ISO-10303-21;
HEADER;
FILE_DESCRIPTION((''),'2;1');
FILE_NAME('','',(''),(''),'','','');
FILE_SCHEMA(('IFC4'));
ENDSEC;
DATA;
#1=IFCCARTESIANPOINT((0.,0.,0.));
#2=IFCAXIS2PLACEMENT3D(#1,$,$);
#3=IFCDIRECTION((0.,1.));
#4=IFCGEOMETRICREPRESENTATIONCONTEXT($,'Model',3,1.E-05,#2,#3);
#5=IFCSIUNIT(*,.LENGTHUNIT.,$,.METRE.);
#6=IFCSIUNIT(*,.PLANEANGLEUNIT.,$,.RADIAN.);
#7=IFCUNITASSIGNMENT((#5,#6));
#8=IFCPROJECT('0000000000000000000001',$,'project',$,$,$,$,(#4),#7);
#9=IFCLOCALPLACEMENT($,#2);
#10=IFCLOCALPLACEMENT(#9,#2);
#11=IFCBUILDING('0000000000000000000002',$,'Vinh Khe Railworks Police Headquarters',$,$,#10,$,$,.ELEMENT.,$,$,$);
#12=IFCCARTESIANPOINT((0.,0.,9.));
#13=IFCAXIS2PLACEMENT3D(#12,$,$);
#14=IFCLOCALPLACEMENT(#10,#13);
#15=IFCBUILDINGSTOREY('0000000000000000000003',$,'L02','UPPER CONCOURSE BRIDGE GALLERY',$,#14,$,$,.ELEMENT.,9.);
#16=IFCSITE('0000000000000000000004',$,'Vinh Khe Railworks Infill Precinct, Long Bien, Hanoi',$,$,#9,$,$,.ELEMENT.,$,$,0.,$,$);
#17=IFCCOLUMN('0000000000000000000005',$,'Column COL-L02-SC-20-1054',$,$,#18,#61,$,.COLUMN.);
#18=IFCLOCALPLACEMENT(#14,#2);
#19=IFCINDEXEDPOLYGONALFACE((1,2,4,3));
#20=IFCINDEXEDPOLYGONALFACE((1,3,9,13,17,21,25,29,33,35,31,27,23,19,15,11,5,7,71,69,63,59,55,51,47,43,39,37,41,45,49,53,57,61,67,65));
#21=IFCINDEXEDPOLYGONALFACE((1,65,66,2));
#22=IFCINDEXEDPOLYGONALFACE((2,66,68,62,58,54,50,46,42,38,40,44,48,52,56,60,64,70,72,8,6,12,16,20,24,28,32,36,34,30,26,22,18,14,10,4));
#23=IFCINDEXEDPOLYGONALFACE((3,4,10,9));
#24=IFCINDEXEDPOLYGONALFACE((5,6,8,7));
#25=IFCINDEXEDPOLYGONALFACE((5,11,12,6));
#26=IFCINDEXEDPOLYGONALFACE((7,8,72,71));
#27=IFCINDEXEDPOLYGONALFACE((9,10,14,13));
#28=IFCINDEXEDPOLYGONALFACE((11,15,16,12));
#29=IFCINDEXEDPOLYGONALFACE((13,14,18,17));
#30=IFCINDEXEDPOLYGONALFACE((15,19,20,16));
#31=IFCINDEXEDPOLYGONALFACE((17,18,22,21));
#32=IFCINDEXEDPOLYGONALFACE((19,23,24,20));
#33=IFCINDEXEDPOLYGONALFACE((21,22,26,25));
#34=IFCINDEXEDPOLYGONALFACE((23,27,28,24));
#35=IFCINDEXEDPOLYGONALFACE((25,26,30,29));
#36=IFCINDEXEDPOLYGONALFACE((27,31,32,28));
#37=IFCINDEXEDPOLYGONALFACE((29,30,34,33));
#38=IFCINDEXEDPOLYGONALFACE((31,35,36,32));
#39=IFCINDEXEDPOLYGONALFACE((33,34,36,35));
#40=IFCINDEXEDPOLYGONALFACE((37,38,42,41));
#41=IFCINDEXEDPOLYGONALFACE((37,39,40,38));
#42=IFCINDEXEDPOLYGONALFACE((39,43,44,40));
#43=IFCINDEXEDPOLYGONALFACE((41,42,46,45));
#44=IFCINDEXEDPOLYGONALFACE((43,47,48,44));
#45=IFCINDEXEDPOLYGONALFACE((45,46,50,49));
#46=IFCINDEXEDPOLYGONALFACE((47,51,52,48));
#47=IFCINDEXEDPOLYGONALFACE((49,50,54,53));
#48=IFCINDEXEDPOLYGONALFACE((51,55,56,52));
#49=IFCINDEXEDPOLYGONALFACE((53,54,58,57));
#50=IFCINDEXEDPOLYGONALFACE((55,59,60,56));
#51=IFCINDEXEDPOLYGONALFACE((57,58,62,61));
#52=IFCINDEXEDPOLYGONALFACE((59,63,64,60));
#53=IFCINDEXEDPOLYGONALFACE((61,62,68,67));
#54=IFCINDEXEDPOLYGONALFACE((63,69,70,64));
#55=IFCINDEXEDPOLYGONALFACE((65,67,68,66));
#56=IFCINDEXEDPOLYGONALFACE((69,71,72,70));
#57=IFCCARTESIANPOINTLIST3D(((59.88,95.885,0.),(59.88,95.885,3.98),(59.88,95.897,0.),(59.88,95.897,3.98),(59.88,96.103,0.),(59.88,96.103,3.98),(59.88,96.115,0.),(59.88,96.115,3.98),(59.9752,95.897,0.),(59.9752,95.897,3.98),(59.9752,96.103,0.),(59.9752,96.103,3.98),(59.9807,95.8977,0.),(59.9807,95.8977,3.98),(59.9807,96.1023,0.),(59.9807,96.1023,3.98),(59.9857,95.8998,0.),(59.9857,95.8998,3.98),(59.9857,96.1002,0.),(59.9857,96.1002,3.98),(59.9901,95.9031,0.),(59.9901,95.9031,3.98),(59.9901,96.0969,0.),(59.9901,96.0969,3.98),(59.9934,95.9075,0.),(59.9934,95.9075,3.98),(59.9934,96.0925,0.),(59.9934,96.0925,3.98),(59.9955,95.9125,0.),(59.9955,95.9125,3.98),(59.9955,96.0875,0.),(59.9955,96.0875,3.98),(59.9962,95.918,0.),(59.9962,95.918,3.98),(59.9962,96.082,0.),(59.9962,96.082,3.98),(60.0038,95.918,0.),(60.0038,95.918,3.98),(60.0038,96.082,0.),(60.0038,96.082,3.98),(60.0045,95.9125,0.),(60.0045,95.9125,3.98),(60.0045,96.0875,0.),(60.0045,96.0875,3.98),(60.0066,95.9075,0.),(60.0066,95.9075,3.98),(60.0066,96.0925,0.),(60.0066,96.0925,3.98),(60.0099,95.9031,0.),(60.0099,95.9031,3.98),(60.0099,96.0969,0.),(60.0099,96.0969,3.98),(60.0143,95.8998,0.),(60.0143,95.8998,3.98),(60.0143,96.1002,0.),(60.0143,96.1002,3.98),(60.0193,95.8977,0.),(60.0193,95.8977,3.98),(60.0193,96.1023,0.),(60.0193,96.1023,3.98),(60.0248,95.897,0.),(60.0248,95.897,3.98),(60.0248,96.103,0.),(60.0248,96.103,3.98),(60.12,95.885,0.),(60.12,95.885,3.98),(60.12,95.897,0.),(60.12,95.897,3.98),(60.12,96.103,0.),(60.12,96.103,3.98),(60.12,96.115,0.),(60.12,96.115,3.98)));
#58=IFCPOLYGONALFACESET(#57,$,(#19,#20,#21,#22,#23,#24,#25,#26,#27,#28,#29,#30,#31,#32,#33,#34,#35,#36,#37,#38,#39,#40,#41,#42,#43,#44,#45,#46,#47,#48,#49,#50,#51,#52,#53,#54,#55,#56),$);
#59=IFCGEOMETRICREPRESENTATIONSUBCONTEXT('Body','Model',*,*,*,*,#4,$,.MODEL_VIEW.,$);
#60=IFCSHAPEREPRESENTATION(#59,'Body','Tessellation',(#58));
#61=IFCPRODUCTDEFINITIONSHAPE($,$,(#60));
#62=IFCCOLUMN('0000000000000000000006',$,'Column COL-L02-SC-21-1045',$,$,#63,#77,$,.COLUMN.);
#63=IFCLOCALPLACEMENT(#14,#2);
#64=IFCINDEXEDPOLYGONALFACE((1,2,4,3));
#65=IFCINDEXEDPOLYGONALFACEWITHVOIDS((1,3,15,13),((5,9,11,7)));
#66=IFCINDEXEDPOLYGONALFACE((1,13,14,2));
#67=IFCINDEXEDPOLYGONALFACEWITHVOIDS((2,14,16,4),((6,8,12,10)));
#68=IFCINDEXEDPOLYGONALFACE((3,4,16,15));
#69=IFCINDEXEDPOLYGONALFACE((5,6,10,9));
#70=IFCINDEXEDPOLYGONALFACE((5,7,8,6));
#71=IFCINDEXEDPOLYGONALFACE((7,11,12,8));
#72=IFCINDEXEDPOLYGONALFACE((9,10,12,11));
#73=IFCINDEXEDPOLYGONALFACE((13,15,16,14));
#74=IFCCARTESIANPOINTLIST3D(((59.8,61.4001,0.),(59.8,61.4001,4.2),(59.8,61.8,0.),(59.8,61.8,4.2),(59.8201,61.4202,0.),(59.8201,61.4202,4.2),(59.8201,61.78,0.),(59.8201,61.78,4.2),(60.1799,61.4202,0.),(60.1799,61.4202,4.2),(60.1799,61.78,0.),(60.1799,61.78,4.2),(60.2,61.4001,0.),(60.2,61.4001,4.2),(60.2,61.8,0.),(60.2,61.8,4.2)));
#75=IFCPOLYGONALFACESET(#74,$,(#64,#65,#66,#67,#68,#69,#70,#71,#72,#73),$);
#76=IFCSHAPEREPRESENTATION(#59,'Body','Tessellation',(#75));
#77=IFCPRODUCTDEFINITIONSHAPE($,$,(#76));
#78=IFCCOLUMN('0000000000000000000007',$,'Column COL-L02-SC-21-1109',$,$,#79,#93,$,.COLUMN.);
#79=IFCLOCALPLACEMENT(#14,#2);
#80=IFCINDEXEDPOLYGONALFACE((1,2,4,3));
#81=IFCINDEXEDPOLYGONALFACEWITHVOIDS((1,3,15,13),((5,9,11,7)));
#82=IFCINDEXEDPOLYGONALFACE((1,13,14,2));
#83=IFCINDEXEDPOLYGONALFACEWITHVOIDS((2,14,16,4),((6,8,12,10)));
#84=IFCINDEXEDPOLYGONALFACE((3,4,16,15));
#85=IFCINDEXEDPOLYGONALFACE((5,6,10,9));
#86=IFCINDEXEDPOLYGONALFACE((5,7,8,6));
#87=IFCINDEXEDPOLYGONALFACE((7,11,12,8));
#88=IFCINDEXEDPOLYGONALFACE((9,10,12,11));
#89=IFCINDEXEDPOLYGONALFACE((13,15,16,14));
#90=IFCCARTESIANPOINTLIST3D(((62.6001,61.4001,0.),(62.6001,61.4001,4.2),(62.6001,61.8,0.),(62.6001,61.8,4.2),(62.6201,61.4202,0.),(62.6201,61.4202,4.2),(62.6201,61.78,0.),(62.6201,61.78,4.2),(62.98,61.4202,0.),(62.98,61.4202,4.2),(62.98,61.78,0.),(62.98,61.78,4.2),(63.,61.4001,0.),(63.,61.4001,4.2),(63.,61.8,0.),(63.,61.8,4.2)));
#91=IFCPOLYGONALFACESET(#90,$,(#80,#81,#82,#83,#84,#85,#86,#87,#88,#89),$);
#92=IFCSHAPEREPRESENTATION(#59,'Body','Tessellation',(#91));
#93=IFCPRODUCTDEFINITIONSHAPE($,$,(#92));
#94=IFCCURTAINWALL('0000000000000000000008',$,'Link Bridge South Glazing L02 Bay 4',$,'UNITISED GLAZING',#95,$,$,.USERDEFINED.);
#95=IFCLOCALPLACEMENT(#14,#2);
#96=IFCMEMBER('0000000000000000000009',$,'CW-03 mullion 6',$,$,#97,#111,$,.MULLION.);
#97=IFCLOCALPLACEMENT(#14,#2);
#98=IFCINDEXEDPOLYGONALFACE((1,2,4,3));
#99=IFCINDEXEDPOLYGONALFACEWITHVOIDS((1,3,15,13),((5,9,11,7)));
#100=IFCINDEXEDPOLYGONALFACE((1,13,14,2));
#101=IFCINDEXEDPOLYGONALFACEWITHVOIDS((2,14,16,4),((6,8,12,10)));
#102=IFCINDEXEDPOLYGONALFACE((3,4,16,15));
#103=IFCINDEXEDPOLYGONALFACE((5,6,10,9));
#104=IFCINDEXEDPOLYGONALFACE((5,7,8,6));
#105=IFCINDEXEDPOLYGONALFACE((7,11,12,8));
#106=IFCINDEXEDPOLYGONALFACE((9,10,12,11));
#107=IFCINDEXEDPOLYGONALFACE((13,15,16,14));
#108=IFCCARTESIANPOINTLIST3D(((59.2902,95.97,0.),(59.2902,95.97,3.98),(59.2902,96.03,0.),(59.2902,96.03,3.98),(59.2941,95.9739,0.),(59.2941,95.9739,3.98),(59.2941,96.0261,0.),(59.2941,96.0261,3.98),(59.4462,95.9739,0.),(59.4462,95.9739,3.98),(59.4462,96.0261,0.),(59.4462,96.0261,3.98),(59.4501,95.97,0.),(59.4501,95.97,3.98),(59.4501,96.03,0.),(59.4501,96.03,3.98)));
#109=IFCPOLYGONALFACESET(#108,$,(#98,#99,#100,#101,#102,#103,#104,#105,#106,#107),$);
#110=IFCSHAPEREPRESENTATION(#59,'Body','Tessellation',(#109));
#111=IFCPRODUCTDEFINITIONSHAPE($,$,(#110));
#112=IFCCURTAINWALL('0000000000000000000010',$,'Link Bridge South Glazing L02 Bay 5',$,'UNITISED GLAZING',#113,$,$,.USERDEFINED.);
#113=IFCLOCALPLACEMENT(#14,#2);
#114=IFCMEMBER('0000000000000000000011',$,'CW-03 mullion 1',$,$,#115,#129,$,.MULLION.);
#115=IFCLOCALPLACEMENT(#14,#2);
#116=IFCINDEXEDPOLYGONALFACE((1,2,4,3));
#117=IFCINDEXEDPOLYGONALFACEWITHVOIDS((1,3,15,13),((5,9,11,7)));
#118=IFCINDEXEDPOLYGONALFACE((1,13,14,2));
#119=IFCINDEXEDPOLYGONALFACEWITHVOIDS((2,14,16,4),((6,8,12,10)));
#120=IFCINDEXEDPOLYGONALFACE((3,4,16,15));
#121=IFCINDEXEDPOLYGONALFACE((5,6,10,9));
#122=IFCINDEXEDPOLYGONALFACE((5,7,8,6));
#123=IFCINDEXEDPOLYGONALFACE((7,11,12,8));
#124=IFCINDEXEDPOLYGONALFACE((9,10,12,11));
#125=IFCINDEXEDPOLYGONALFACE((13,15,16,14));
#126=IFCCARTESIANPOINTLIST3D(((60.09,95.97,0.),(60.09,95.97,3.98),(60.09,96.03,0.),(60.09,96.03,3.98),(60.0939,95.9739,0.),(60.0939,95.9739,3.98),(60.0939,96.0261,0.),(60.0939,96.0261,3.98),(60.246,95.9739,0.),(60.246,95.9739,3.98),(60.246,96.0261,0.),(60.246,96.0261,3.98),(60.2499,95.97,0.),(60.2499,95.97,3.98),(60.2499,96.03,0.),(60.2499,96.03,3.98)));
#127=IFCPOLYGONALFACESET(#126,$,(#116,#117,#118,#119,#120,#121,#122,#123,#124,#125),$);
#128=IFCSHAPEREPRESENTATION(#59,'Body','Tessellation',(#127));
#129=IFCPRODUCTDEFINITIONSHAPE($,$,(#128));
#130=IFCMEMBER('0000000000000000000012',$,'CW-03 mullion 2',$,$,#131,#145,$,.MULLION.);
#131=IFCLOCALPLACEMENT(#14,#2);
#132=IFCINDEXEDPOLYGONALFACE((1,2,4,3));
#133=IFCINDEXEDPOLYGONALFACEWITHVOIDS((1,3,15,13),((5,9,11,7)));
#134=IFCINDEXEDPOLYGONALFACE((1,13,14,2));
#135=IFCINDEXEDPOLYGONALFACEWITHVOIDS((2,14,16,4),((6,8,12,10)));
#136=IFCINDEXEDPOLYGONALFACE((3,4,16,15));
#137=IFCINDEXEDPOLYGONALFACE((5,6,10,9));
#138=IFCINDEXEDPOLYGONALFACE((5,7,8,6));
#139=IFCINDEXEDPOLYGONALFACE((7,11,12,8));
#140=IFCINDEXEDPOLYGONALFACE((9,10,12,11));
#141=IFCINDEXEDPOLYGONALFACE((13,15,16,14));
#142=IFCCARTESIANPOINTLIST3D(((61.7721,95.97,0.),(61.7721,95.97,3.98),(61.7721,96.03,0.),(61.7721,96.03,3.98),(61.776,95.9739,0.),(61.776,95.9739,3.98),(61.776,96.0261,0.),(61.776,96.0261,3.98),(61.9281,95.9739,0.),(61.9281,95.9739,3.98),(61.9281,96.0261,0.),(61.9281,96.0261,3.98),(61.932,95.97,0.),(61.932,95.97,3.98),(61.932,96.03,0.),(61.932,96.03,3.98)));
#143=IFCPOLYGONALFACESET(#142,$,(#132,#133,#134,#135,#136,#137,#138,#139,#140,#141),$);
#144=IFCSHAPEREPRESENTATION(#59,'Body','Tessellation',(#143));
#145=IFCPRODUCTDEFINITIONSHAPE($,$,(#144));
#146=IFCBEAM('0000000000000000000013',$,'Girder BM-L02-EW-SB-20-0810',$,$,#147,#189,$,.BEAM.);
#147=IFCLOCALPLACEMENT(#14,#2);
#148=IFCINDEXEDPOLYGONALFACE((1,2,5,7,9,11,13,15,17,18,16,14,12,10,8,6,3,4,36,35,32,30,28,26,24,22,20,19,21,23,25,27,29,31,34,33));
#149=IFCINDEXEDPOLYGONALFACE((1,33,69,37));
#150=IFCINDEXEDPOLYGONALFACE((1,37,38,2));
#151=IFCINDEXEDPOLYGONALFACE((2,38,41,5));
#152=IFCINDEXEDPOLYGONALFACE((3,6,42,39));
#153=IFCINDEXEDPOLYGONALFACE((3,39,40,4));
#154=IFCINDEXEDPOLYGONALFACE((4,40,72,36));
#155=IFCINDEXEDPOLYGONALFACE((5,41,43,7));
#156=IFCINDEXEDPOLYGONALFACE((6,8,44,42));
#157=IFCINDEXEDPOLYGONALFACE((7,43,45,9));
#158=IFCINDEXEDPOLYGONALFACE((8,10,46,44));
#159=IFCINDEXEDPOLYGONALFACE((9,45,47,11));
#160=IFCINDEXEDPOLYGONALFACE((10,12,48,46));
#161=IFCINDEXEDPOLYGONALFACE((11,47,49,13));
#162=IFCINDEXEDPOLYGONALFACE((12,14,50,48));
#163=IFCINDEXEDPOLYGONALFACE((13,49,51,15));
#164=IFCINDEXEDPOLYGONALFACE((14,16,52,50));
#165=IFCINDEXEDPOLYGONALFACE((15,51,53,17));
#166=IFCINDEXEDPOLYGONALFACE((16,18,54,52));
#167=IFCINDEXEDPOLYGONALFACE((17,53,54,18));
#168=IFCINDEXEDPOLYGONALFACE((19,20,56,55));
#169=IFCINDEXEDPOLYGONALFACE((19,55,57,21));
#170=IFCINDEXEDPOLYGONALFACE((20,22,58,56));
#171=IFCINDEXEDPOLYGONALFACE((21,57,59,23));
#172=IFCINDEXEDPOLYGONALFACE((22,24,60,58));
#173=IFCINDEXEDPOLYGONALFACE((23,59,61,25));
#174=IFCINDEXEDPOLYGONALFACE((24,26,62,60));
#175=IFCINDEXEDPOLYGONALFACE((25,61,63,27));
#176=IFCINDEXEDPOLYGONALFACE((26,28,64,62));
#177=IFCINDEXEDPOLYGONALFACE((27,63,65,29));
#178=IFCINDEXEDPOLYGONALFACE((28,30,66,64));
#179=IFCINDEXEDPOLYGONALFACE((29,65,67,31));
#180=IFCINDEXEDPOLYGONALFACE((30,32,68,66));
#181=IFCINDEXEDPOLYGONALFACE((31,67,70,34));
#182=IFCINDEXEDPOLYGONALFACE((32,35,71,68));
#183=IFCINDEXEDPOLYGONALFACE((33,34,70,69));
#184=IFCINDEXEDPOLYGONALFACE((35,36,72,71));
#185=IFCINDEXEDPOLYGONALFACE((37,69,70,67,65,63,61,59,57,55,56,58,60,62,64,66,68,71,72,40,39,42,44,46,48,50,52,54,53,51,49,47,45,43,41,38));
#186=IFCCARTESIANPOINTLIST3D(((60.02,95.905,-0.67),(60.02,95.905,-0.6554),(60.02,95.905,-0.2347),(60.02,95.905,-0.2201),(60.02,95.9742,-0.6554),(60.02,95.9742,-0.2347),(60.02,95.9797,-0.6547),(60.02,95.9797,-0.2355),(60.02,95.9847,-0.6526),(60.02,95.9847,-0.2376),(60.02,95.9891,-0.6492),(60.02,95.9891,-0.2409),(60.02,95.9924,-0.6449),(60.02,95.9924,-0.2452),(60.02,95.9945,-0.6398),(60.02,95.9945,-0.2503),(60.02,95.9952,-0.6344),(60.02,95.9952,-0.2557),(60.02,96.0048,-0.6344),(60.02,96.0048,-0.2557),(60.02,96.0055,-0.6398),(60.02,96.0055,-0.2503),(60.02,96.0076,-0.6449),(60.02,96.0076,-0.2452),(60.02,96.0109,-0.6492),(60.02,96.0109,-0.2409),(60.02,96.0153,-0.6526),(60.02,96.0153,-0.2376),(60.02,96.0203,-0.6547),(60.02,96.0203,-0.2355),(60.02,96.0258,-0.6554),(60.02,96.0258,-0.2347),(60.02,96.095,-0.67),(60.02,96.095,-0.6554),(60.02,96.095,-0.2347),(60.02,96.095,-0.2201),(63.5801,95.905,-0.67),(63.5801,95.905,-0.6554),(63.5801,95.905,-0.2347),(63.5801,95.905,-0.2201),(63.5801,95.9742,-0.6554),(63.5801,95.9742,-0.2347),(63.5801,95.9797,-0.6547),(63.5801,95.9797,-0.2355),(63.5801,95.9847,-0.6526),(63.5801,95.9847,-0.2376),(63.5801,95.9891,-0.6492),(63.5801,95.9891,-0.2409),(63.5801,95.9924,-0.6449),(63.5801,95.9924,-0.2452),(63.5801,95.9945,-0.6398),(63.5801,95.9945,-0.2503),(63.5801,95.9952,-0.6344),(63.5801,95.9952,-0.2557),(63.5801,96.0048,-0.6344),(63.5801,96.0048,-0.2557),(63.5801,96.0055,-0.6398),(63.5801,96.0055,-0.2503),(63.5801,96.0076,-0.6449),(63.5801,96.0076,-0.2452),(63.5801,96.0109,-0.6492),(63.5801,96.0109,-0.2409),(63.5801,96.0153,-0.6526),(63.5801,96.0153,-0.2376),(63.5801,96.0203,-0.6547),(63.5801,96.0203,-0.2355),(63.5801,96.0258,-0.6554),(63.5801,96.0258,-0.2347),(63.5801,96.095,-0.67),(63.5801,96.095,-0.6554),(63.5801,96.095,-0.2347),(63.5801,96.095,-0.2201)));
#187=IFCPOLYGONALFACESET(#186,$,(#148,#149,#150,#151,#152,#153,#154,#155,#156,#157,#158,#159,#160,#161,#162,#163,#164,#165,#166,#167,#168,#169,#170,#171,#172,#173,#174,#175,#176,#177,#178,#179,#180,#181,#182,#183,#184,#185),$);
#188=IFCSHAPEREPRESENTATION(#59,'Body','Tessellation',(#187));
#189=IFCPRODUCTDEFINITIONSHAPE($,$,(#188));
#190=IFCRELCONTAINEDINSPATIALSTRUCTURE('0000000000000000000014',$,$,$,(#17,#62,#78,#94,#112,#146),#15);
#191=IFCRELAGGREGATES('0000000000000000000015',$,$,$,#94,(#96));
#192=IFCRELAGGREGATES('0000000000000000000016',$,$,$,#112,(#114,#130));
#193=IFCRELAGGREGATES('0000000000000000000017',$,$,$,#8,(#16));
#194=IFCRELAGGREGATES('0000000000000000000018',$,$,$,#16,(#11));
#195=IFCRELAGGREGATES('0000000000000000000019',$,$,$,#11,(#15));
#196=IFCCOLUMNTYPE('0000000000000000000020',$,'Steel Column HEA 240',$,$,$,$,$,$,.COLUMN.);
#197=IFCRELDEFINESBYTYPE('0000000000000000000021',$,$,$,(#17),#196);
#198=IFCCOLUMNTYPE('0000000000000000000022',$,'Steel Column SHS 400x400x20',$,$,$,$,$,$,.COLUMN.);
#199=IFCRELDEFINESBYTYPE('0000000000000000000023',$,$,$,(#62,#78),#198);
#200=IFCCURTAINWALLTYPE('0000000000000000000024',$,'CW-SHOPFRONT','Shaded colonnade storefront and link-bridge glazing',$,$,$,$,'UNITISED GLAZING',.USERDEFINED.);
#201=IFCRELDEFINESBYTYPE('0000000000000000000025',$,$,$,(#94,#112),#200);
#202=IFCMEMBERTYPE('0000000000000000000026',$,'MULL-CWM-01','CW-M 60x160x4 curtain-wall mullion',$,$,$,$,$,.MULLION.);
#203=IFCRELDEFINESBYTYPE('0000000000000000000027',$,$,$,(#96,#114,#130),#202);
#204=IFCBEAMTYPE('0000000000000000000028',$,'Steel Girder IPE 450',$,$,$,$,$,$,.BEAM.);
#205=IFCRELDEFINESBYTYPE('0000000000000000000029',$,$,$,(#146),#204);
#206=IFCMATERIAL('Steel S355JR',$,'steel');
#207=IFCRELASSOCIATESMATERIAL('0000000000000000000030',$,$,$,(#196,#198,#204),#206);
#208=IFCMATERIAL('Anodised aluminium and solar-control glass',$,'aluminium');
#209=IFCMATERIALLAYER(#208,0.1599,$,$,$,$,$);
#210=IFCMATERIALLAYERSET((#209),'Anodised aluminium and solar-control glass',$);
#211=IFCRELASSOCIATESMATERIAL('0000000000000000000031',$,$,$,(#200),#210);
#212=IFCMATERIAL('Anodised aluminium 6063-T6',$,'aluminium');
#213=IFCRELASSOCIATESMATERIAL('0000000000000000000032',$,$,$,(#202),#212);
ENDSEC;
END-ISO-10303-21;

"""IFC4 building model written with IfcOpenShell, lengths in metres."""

from ifc_helpers import new_model, si_unit, direction, frame, origin, origin_2d, place, context, subcontext, project, spatial, hollow_rectangle, i_section, extrude, material, layer, layer_set, material_profile, profile_set, type_object, element, aggregate, save


model = new_model("IFC4")

# Units and contexts
model_context = context("Model", 3, precision=1e-05, world=origin(), true_north=direction((0.0, 1.0)))
body_context = subcontext(model_context, "Body", "Model", "MODEL_VIEW")
ifc_project = project(units=[si_unit("LENGTHUNIT", "METRE"), si_unit("PLANEANGLEUNIT", "RADIAN")], contexts=[model_context])

# Site, building, storey
site_placement = place(None, origin())
site = spatial("IfcSite", under=ifc_project, at=site_placement, Name="Vinh Khe Railworks Infill Precinct, Long Bien, Hanoi", CompositionType="ELEMENT", RefElevation=0.0)
building_placement = place(site_placement, origin())
building = spatial("IfcBuilding", under=site, at=building_placement, Name="Vinh Khe Railworks Police Headquarters", CompositionType="ELEMENT")
storey_placement = place(building_placement, frame((0.0, 0.0, 9.0)))
storey = spatial("IfcBuildingStorey", under=building, at=storey_placement, Name="L02", Description="UPPER CONCOURSE BRIDGE GALLERY", CompositionType="ELEMENT", Elevation=9.0)

# Columns
ifc_material_1 = material(Name="Steel S355JR", Category="steel")
ifc_material_profile_1 = material_profile(ifc_material_1, i_section(OverallWidth=0.24, OverallDepth=0.23, WebThickness=0.0076, FlangeThickness=0.012, FilletRadius=0.021, at=origin_2d()), Name="HEA 240")
ifc_profile_set_1 = profile_set([ifc_material_profile_1], Name="Steel S355JR")
column_type_1 = type_object("IfcColumnType", Name="Steel Column HEA 240", PredefinedType="COLUMN", material=ifc_profile_set_1)
column_placement = place(storey_placement, frame((60.0, 96.0, 0.0), z_axis=(0.0, 0.0, 1.0), x_axis=(1.0, 0.0, 0.0)))
element("IfcColumn", 1, at=column_placement, inside=storey, type_object=column_type_1, Name="Column COL-L02-SC-20-1054", PredefinedType="COLUMN", context=body_context, shape_type="SweptSolid", body=[
    extrude(i_section(OverallWidth=0.24, OverallDepth=0.23, WebThickness=0.0076, FlangeThickness=0.012, FilletRadius=0.021, at=origin_2d()), origin(), (0.0, 0.0, 1.0), 3.98),
])
ifc_material_profile_2 = material_profile(ifc_material_1, hollow_rectangle(XDim=0.3999, YDim=0.3999, WallThickness=0.02, at=origin_2d()), Name="SHS 400x400x20")
ifc_profile_set_2 = profile_set([ifc_material_profile_2], Name="Steel S355JR")
column_type_2 = type_object("IfcColumnType", Name="Steel Column SHS 400x400x20", PredefinedType="COLUMN", material=ifc_profile_set_2)
for number, where, z_axis, x_axis, name in (
    (2, (60.0, 61.6001, 0.0), (0.0, 0.0, 1.0), (1.0, 0.0, 0.0), "Column COL-L02-SC-21-1045"),
    (3, (62.8, 61.6001, 0.0), (0.0, 0.0, 1.0), (1.0, 0.0, 0.0), "Column COL-L02-SC-21-1109"),
):
    element("IfcColumn", number, at=place(storey_placement, frame(where, z_axis=z_axis, x_axis=x_axis)), inside=storey, type_object=column_type_2, Name=name, PredefinedType="COLUMN", context=body_context, shape_type="SweptSolid", body=[
        extrude(hollow_rectangle(XDim=0.3999, YDim=0.3999, WallThickness=0.02, at=origin_2d()), origin(), (0.0, 0.0, 1.0), 4.2),
    ])

# Curtain wall, member
ifc_material_2 = material(Name="Anodised aluminium and solar-control glass", Category="aluminium")
ifc_layer_1 = layer(ifc_material_2, 0.1599)
ifc_layer_set_1 = layer_set([ifc_layer_1], Name="Anodised aluminium and solar-control glass")
curtain_wall_type = type_object("IfcCurtainWallType", Name="CW-SHOPFRONT", Description="Shaded colonnade storefront and link-bridge glazing", ElementType="UNITISED GLAZING", PredefinedType="USERDEFINED", material=ifc_layer_set_1)
curtain_wall_1_placement = place(storey_placement, origin())
curtain_wall_1 = element("IfcCurtainWall", 4, at=curtain_wall_1_placement, inside=storey, type_object=curtain_wall_type, Name="Link Bridge South Glazing L02 Bay 4", ObjectType="UNITISED GLAZING", PredefinedType="USERDEFINED")
ifc_material_3 = material(Name="Anodised aluminium 6063-T6", Category="aluminium")
ifc_material_profile_3 = material_profile(ifc_material_3, hollow_rectangle(XDim=0.0601, YDim=0.1599, WallThickness=0.0039, at=origin_2d()), Name="CW-M 60x160x4")
ifc_profile_set_3 = profile_set([ifc_material_profile_3], Name="Anodised aluminium 6063-T6")
member_type_1 = type_object("IfcMemberType", Name="MULL-CWM-01", Description="CW-M 60x160x4 curtain-wall mullion", PredefinedType="MULLION", material=ifc_profile_set_3)
member_1_placement = place(storey_placement, frame((59.3701, 96.0, 0.0), z_axis=(0.0, 0.0, 1.0), x_axis=(0.0, 1.0, 0.0)))
member_1 = element("IfcMember", 5, at=member_1_placement, type_object=member_type_1, Name="CW-03 mullion 6", PredefinedType="MULLION", context=body_context, shape_type="SweptSolid", body=[
    extrude(hollow_rectangle(XDim=0.0601, YDim=0.1599, WallThickness=0.0039, at=origin_2d()), origin(), (0.0, 0.0, 1.0), 3.98),
])

# Curtain wall, members
curtain_wall_2_placement = place(storey_placement, origin())
curtain_wall_2 = element("IfcCurtainWall", 6, at=curtain_wall_2_placement, inside=storey, type_object=curtain_wall_type, Name="Link Bridge South Glazing L02 Bay 5", ObjectType="UNITISED GLAZING", PredefinedType="USERDEFINED")
member_2_placement = place(storey_placement, frame((60.1699, 96.0, 0.0), z_axis=(0.0, 0.0, 1.0), x_axis=(0.0, 1.0, 0.0)))
member_2 = element("IfcMember", 7, at=member_2_placement, type_object=member_type_1, Name="CW-03 mullion 1", PredefinedType="MULLION", context=body_context, shape_type="SweptSolid", body=[
    extrude(hollow_rectangle(XDim=0.0601, YDim=0.1599, WallThickness=0.0039, at=origin_2d()), origin(), (0.0, 0.0, 1.0), 3.98),
])
member_3_placement = place(storey_placement, frame((61.8521, 96.0, 0.0), z_axis=(0.0, 0.0, 1.0), x_axis=(0.0, 1.0, 0.0)))
member_3 = element("IfcMember", 8, at=member_3_placement, type_object=member_type_1, Name="CW-03 mullion 2", PredefinedType="MULLION", context=body_context, shape_type="SweptSolid", body=[
    extrude(hollow_rectangle(XDim=0.0601, YDim=0.1599, WallThickness=0.0039, at=origin_2d()), origin(), (0.0, 0.0, 1.0), 3.98),
])

# Beam
ifc_material_profile_4 = material_profile(ifc_material_1, i_section(OverallWidth=0.1899, OverallDepth=0.45, WebThickness=0.0095, FlangeThickness=0.0146, FilletRadius=0.021, at=origin_2d()), Name="IPE 450")
ifc_profile_set_4 = profile_set([ifc_material_profile_4], Name="Steel S355JR")
beam_type = type_object("IfcBeamType", Name="Steel Girder IPE 450", PredefinedType="BEAM", material=ifc_profile_set_4)
beam_placement = place(storey_placement, frame((60.02, 96.0, -0.4451), z_axis=(1.0, 0.0, 0.0), x_axis=(0.0, 1.0, 0.0)))
element("IfcBeam", 9, at=beam_placement, inside=storey, type_object=beam_type, Name="Girder BM-L02-EW-SB-20-0810", PredefinedType="BEAM", context=body_context, shape_type="SweptSolid", body=[
    extrude(i_section(OverallWidth=0.1899, OverallDepth=0.45, WebThickness=0.0095, FlangeThickness=0.0146, FilletRadius=0.021, at=origin_2d()), origin(), (0.0, 0.0, 1.0), 3.5601),
])

aggregate(curtain_wall_1, [member_1])
aggregate(curtain_wall_2, [member_2, member_3])

save(model, "model.ifc")
